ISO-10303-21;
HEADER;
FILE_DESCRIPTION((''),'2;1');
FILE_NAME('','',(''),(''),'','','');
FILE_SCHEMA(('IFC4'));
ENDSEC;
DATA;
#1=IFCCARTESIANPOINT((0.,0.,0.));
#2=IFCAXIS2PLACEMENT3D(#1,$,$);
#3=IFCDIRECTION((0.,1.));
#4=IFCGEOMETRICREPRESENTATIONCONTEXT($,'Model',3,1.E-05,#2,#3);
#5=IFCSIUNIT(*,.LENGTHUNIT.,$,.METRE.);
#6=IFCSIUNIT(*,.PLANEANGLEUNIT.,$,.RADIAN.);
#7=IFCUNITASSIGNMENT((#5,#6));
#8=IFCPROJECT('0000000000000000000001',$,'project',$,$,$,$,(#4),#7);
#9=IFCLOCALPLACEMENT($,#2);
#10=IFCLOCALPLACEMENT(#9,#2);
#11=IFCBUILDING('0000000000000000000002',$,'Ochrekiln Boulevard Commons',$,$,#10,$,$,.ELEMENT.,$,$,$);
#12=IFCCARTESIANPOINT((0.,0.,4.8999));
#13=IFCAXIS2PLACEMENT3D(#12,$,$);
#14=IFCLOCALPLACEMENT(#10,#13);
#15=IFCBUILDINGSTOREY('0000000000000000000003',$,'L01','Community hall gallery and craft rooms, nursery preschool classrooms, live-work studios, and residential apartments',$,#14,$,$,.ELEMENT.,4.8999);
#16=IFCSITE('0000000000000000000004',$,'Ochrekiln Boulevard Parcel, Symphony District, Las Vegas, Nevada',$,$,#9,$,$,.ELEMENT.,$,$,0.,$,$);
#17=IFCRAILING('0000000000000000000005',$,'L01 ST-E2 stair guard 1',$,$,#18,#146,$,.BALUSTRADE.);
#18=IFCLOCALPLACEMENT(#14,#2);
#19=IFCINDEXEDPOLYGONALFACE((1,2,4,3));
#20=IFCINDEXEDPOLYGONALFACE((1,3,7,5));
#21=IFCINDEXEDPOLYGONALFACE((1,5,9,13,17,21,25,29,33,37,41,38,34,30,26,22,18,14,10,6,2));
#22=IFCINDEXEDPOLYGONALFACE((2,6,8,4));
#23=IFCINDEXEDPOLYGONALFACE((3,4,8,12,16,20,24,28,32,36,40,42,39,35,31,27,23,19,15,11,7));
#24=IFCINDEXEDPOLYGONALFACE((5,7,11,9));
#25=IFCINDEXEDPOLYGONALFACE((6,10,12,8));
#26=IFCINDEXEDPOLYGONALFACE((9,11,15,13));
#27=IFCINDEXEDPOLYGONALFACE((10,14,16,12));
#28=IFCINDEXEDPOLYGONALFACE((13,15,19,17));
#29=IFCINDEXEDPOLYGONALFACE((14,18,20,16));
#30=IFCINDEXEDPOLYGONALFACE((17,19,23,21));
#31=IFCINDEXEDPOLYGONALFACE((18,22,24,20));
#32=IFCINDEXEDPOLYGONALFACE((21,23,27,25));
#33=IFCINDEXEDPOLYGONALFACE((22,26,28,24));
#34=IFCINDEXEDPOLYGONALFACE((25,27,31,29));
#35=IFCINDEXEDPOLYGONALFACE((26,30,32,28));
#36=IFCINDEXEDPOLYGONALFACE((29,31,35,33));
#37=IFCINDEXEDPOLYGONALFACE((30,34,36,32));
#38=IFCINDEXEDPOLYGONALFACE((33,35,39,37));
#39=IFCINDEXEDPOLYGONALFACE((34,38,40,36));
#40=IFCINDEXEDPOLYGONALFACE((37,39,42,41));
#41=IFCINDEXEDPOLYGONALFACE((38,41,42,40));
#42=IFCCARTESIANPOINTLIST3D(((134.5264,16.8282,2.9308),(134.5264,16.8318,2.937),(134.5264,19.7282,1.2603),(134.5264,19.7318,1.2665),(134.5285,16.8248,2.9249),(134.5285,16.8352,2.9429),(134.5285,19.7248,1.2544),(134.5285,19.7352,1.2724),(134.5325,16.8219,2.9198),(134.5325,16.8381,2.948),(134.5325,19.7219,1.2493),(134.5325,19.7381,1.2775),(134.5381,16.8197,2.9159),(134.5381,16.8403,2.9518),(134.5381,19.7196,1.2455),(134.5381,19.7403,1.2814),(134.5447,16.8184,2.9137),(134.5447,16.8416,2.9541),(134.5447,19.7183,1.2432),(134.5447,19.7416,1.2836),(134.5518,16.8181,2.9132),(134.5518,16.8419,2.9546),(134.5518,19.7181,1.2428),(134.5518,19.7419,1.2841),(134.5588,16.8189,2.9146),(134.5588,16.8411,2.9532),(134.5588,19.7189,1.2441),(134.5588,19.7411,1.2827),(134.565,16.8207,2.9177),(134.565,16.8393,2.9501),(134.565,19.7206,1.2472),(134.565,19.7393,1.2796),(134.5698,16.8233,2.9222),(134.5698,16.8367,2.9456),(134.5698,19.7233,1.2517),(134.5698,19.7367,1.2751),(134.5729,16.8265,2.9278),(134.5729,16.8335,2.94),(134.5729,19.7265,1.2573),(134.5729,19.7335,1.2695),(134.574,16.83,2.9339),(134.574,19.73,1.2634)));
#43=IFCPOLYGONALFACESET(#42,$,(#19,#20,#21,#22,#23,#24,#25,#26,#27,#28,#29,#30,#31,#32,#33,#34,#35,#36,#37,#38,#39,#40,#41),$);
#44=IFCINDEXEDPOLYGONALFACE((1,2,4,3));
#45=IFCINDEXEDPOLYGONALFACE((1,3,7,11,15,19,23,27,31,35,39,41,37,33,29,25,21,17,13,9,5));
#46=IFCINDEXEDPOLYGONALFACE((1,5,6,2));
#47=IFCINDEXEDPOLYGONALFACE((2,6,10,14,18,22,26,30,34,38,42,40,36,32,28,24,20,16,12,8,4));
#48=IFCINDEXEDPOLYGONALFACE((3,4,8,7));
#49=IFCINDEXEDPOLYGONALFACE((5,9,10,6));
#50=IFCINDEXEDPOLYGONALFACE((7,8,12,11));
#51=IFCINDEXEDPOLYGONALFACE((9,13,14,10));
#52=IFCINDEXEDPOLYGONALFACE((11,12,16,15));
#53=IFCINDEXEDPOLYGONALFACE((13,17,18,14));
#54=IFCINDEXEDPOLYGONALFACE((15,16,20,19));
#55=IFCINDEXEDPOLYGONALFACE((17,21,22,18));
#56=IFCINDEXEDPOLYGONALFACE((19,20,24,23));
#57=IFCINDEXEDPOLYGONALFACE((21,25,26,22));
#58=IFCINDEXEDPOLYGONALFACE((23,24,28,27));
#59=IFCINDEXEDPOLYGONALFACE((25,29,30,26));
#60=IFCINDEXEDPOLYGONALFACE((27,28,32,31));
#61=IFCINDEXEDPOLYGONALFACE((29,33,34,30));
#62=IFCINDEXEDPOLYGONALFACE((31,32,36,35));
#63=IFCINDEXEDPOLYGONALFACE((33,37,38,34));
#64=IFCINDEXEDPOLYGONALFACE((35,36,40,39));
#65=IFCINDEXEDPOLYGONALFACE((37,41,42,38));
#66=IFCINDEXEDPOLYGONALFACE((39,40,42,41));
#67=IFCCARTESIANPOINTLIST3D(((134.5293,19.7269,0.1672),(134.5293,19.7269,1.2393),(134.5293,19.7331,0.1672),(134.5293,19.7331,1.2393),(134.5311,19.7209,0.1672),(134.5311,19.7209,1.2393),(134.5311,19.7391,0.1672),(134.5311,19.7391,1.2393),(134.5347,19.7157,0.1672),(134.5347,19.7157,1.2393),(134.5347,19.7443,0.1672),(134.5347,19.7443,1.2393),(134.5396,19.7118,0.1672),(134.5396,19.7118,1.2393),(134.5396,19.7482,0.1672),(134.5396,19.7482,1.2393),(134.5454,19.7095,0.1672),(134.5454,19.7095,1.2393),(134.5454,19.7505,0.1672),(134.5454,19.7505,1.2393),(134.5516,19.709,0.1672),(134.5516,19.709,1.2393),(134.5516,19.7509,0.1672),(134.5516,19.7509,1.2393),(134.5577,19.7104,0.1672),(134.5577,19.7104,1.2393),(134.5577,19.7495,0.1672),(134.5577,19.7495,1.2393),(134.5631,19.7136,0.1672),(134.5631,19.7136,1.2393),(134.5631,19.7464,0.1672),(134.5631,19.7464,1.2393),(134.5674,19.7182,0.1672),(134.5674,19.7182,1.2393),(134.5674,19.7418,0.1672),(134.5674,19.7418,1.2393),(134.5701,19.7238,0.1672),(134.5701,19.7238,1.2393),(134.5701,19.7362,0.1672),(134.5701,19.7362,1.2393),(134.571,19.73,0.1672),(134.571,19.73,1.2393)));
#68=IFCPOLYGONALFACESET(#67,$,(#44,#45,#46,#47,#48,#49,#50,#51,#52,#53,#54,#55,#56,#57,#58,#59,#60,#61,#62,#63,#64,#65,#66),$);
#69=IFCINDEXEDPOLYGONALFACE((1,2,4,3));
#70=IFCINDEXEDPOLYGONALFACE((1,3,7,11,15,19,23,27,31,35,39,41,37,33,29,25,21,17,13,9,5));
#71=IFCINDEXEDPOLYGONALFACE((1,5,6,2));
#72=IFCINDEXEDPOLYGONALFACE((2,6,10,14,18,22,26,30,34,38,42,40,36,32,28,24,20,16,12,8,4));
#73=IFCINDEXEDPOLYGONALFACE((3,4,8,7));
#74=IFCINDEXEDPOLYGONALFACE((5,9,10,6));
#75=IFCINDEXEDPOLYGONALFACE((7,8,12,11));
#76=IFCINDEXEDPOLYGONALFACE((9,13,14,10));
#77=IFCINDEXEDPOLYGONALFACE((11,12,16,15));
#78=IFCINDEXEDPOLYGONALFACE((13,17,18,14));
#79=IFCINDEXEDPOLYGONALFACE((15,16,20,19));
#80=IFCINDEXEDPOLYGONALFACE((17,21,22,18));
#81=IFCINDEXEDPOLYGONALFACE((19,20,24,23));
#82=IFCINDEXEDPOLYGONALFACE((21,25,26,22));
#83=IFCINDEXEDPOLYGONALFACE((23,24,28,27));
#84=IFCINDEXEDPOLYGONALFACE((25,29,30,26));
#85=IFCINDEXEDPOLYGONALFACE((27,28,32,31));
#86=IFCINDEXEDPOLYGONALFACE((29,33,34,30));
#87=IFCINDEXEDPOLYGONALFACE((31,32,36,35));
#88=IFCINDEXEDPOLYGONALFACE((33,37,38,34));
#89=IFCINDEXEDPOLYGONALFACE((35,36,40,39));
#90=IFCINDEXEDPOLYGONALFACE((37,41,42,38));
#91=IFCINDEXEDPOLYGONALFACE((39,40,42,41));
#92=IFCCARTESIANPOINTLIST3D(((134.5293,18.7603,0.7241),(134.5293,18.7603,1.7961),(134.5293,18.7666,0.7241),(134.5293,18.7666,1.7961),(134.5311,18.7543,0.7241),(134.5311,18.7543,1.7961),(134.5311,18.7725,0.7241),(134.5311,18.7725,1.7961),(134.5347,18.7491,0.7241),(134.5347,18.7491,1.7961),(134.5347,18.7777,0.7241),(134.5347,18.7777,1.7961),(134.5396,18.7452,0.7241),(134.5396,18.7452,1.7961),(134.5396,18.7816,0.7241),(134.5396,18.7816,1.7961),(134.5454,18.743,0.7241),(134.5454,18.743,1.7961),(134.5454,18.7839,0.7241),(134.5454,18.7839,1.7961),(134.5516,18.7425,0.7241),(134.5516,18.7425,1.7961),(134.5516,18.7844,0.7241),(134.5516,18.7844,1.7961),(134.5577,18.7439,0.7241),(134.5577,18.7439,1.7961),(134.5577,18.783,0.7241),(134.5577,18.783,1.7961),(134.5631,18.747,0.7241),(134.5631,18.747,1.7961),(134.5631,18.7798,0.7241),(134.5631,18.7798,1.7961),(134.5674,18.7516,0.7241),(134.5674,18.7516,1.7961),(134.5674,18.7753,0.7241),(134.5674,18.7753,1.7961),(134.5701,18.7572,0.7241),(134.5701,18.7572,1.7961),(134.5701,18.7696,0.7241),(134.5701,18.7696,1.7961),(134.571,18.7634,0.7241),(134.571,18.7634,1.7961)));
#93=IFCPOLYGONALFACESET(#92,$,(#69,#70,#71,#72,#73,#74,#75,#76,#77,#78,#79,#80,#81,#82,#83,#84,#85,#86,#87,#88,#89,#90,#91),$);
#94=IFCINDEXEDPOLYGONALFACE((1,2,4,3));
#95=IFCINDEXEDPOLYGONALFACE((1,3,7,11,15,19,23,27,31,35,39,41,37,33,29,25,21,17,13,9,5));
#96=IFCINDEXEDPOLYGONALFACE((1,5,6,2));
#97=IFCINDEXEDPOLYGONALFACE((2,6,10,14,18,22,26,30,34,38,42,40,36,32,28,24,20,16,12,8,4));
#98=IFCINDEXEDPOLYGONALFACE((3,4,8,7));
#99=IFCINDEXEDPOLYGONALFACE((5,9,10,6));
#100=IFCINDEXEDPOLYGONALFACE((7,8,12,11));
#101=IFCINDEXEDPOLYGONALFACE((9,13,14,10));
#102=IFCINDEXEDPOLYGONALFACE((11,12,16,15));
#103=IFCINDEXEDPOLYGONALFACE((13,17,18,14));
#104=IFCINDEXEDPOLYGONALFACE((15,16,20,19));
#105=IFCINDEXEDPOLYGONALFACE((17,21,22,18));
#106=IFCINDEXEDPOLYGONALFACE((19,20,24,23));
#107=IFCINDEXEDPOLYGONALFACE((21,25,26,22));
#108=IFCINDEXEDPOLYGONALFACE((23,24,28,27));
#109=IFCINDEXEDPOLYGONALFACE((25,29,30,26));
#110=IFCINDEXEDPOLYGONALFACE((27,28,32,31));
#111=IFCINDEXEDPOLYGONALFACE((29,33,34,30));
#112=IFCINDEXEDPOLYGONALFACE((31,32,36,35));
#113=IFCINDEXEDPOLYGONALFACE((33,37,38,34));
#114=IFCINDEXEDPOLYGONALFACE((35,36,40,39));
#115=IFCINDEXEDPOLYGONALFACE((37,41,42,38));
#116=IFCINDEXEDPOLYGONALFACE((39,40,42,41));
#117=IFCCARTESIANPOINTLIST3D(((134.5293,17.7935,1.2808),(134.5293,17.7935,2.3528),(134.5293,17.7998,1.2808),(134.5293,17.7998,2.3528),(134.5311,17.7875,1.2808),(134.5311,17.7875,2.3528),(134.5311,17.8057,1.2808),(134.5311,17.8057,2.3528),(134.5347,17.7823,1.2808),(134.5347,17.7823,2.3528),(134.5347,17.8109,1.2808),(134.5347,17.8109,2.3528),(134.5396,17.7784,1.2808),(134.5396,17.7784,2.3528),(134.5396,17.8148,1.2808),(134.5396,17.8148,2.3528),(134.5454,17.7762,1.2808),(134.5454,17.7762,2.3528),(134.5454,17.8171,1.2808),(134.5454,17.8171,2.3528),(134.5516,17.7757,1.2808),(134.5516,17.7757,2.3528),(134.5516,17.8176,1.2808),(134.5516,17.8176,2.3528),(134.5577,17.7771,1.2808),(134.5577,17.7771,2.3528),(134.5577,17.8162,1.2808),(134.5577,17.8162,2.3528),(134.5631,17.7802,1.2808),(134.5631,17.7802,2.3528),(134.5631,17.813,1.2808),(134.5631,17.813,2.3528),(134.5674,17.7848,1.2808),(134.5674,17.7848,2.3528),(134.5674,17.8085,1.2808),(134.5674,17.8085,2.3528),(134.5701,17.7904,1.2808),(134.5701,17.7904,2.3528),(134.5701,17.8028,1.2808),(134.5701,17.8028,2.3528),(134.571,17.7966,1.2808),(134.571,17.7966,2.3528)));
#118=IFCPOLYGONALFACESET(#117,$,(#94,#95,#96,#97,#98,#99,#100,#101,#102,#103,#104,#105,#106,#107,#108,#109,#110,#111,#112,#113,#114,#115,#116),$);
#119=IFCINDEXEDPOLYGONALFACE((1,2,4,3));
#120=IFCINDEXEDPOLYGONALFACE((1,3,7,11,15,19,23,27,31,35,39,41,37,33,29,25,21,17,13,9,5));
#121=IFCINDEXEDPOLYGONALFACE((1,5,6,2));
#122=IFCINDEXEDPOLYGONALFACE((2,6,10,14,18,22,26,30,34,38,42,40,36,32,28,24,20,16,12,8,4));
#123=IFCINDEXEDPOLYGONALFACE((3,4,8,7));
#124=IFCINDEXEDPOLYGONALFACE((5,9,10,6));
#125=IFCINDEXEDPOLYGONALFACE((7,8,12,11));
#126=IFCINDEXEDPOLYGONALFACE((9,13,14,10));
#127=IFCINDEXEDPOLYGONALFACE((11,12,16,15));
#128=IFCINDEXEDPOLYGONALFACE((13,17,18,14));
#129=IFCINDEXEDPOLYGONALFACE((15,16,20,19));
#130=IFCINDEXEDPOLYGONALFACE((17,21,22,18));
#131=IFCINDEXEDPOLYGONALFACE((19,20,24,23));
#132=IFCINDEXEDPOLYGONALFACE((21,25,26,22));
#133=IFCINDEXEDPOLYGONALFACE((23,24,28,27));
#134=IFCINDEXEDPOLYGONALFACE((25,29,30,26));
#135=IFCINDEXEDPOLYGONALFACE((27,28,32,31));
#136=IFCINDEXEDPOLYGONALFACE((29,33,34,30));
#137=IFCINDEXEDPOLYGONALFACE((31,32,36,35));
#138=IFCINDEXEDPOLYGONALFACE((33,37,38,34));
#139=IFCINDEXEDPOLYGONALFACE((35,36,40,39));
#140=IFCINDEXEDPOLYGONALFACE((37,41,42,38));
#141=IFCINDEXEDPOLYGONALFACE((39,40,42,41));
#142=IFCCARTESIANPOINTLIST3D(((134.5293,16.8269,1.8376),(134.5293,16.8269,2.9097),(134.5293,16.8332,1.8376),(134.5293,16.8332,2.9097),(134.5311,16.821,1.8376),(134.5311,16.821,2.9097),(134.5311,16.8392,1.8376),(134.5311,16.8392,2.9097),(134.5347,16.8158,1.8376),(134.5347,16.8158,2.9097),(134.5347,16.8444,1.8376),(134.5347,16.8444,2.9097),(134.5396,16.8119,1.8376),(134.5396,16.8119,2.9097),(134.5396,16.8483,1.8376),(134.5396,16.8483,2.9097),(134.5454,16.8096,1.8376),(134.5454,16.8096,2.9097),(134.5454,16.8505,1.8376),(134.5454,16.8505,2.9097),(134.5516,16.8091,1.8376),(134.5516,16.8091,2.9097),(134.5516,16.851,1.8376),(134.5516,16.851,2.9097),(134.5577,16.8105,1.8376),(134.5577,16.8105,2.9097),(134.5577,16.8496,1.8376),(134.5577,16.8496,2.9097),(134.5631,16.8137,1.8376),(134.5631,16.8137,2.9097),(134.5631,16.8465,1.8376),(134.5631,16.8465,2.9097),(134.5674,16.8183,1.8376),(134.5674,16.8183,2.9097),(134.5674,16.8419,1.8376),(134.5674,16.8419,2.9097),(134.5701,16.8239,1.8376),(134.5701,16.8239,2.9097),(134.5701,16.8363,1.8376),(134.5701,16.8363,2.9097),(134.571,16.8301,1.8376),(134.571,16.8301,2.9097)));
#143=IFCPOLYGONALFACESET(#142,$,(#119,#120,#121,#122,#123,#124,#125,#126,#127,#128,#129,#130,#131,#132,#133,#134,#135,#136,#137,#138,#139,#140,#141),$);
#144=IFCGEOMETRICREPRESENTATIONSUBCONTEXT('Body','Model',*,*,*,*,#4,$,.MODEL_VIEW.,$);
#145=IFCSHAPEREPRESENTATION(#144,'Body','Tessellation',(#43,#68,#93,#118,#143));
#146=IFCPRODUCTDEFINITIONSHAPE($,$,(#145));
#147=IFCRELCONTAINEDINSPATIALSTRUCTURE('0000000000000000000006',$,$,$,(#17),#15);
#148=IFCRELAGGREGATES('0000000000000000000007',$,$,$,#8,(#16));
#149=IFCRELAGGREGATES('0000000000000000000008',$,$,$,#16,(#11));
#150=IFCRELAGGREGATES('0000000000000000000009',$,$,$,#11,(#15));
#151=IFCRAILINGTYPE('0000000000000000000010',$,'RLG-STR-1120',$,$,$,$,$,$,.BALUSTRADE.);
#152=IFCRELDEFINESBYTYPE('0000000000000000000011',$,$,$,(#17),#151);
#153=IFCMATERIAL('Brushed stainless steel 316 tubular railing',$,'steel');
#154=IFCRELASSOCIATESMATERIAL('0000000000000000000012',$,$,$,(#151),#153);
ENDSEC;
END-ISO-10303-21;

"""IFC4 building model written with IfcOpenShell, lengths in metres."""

from ifc_helpers import new_model, si_unit, direction, frame, origin, origin_2d, place, context, subcontext, project, spatial, circle, extrude, material, type_object, element, save


model = new_model("IFC4")

# Units and contexts
model_context = context("Model", 3, precision=1e-05, world=origin(), true_north=direction((0.0, 1.0)))
body_context = subcontext(model_context, "Body", "Model", "MODEL_VIEW")
ifc_project = project(units=[si_unit("LENGTHUNIT", "METRE"), si_unit("PLANEANGLEUNIT", "RADIAN")], contexts=[model_context])

# Site, building, storey
site_placement = place(None, origin())
site = spatial("IfcSite", under=ifc_project, at=site_placement, Name="Ochrekiln Boulevard Parcel, Symphony District, Las Vegas, Nevada", CompositionType="ELEMENT", RefElevation=0.0)
building_placement = place(site_placement, origin())
building = spatial("IfcBuilding", under=site, at=building_placement, Name="Ochrekiln Boulevard Commons", CompositionType="ELEMENT")
storey_placement = place(building_placement, frame((0.0, 0.0, 4.8999)))
storey = spatial("IfcBuildingStorey", under=building, at=storey_placement, Name="L01", Description="Community hall gallery and craft rooms, nursery preschool classrooms, live-work studios, and residential apartments", CompositionType="ELEMENT", Elevation=4.8999)

# Railing
ifc_material_1 = material(Name="Brushed stainless steel 316 tubular railing", Category="steel")
railing_type_1 = type_object("IfcRailingType", Name="RLG-STR-1120", PredefinedType="BALUSTRADE", material=ifc_material_1)
railing_1_placement = place(storey_placement, frame((134.55, 19.73, 0.1672)))
element("IfcRailing", 1, at=railing_1_placement, inside=storey, type_object=railing_type_1, Name="L01 ST-E2 stair guard 1", PredefinedType="BALUSTRADE", context=body_context, shape_type="SweptSolid", body=[
    extrude(circle(Radius=0.0239, at=origin_2d()), frame((0.0, 0.0, 1.0962), z_axis=(0.0, -0.866523, 0.499137), x_axis=(1.0, 0.0, 0.0)), (0.0, 0.0, 1.0), 3.3467),
    extrude(circle(Radius=0.021, at=origin_2d()), origin(), (0.0, 0.0, 1.0), 1.072),
    extrude(circle(Radius=0.021, at=origin_2d()), frame((0.0, -0.9666, 0.5569)), (0.0, 0.0, 1.0), 1.072),
    extrude(circle(Radius=0.021, at=origin_2d()), frame((0.0, -1.9333, 1.1135)), (0.0, 0.0, 1.0), 1.072),
    extrude(circle(Radius=0.021, at=origin_2d()), frame((0.0, -2.8999, 1.6704)), (0.0, 0.0, 1.0), 1.072),
])

save(model, "model.ifc")
